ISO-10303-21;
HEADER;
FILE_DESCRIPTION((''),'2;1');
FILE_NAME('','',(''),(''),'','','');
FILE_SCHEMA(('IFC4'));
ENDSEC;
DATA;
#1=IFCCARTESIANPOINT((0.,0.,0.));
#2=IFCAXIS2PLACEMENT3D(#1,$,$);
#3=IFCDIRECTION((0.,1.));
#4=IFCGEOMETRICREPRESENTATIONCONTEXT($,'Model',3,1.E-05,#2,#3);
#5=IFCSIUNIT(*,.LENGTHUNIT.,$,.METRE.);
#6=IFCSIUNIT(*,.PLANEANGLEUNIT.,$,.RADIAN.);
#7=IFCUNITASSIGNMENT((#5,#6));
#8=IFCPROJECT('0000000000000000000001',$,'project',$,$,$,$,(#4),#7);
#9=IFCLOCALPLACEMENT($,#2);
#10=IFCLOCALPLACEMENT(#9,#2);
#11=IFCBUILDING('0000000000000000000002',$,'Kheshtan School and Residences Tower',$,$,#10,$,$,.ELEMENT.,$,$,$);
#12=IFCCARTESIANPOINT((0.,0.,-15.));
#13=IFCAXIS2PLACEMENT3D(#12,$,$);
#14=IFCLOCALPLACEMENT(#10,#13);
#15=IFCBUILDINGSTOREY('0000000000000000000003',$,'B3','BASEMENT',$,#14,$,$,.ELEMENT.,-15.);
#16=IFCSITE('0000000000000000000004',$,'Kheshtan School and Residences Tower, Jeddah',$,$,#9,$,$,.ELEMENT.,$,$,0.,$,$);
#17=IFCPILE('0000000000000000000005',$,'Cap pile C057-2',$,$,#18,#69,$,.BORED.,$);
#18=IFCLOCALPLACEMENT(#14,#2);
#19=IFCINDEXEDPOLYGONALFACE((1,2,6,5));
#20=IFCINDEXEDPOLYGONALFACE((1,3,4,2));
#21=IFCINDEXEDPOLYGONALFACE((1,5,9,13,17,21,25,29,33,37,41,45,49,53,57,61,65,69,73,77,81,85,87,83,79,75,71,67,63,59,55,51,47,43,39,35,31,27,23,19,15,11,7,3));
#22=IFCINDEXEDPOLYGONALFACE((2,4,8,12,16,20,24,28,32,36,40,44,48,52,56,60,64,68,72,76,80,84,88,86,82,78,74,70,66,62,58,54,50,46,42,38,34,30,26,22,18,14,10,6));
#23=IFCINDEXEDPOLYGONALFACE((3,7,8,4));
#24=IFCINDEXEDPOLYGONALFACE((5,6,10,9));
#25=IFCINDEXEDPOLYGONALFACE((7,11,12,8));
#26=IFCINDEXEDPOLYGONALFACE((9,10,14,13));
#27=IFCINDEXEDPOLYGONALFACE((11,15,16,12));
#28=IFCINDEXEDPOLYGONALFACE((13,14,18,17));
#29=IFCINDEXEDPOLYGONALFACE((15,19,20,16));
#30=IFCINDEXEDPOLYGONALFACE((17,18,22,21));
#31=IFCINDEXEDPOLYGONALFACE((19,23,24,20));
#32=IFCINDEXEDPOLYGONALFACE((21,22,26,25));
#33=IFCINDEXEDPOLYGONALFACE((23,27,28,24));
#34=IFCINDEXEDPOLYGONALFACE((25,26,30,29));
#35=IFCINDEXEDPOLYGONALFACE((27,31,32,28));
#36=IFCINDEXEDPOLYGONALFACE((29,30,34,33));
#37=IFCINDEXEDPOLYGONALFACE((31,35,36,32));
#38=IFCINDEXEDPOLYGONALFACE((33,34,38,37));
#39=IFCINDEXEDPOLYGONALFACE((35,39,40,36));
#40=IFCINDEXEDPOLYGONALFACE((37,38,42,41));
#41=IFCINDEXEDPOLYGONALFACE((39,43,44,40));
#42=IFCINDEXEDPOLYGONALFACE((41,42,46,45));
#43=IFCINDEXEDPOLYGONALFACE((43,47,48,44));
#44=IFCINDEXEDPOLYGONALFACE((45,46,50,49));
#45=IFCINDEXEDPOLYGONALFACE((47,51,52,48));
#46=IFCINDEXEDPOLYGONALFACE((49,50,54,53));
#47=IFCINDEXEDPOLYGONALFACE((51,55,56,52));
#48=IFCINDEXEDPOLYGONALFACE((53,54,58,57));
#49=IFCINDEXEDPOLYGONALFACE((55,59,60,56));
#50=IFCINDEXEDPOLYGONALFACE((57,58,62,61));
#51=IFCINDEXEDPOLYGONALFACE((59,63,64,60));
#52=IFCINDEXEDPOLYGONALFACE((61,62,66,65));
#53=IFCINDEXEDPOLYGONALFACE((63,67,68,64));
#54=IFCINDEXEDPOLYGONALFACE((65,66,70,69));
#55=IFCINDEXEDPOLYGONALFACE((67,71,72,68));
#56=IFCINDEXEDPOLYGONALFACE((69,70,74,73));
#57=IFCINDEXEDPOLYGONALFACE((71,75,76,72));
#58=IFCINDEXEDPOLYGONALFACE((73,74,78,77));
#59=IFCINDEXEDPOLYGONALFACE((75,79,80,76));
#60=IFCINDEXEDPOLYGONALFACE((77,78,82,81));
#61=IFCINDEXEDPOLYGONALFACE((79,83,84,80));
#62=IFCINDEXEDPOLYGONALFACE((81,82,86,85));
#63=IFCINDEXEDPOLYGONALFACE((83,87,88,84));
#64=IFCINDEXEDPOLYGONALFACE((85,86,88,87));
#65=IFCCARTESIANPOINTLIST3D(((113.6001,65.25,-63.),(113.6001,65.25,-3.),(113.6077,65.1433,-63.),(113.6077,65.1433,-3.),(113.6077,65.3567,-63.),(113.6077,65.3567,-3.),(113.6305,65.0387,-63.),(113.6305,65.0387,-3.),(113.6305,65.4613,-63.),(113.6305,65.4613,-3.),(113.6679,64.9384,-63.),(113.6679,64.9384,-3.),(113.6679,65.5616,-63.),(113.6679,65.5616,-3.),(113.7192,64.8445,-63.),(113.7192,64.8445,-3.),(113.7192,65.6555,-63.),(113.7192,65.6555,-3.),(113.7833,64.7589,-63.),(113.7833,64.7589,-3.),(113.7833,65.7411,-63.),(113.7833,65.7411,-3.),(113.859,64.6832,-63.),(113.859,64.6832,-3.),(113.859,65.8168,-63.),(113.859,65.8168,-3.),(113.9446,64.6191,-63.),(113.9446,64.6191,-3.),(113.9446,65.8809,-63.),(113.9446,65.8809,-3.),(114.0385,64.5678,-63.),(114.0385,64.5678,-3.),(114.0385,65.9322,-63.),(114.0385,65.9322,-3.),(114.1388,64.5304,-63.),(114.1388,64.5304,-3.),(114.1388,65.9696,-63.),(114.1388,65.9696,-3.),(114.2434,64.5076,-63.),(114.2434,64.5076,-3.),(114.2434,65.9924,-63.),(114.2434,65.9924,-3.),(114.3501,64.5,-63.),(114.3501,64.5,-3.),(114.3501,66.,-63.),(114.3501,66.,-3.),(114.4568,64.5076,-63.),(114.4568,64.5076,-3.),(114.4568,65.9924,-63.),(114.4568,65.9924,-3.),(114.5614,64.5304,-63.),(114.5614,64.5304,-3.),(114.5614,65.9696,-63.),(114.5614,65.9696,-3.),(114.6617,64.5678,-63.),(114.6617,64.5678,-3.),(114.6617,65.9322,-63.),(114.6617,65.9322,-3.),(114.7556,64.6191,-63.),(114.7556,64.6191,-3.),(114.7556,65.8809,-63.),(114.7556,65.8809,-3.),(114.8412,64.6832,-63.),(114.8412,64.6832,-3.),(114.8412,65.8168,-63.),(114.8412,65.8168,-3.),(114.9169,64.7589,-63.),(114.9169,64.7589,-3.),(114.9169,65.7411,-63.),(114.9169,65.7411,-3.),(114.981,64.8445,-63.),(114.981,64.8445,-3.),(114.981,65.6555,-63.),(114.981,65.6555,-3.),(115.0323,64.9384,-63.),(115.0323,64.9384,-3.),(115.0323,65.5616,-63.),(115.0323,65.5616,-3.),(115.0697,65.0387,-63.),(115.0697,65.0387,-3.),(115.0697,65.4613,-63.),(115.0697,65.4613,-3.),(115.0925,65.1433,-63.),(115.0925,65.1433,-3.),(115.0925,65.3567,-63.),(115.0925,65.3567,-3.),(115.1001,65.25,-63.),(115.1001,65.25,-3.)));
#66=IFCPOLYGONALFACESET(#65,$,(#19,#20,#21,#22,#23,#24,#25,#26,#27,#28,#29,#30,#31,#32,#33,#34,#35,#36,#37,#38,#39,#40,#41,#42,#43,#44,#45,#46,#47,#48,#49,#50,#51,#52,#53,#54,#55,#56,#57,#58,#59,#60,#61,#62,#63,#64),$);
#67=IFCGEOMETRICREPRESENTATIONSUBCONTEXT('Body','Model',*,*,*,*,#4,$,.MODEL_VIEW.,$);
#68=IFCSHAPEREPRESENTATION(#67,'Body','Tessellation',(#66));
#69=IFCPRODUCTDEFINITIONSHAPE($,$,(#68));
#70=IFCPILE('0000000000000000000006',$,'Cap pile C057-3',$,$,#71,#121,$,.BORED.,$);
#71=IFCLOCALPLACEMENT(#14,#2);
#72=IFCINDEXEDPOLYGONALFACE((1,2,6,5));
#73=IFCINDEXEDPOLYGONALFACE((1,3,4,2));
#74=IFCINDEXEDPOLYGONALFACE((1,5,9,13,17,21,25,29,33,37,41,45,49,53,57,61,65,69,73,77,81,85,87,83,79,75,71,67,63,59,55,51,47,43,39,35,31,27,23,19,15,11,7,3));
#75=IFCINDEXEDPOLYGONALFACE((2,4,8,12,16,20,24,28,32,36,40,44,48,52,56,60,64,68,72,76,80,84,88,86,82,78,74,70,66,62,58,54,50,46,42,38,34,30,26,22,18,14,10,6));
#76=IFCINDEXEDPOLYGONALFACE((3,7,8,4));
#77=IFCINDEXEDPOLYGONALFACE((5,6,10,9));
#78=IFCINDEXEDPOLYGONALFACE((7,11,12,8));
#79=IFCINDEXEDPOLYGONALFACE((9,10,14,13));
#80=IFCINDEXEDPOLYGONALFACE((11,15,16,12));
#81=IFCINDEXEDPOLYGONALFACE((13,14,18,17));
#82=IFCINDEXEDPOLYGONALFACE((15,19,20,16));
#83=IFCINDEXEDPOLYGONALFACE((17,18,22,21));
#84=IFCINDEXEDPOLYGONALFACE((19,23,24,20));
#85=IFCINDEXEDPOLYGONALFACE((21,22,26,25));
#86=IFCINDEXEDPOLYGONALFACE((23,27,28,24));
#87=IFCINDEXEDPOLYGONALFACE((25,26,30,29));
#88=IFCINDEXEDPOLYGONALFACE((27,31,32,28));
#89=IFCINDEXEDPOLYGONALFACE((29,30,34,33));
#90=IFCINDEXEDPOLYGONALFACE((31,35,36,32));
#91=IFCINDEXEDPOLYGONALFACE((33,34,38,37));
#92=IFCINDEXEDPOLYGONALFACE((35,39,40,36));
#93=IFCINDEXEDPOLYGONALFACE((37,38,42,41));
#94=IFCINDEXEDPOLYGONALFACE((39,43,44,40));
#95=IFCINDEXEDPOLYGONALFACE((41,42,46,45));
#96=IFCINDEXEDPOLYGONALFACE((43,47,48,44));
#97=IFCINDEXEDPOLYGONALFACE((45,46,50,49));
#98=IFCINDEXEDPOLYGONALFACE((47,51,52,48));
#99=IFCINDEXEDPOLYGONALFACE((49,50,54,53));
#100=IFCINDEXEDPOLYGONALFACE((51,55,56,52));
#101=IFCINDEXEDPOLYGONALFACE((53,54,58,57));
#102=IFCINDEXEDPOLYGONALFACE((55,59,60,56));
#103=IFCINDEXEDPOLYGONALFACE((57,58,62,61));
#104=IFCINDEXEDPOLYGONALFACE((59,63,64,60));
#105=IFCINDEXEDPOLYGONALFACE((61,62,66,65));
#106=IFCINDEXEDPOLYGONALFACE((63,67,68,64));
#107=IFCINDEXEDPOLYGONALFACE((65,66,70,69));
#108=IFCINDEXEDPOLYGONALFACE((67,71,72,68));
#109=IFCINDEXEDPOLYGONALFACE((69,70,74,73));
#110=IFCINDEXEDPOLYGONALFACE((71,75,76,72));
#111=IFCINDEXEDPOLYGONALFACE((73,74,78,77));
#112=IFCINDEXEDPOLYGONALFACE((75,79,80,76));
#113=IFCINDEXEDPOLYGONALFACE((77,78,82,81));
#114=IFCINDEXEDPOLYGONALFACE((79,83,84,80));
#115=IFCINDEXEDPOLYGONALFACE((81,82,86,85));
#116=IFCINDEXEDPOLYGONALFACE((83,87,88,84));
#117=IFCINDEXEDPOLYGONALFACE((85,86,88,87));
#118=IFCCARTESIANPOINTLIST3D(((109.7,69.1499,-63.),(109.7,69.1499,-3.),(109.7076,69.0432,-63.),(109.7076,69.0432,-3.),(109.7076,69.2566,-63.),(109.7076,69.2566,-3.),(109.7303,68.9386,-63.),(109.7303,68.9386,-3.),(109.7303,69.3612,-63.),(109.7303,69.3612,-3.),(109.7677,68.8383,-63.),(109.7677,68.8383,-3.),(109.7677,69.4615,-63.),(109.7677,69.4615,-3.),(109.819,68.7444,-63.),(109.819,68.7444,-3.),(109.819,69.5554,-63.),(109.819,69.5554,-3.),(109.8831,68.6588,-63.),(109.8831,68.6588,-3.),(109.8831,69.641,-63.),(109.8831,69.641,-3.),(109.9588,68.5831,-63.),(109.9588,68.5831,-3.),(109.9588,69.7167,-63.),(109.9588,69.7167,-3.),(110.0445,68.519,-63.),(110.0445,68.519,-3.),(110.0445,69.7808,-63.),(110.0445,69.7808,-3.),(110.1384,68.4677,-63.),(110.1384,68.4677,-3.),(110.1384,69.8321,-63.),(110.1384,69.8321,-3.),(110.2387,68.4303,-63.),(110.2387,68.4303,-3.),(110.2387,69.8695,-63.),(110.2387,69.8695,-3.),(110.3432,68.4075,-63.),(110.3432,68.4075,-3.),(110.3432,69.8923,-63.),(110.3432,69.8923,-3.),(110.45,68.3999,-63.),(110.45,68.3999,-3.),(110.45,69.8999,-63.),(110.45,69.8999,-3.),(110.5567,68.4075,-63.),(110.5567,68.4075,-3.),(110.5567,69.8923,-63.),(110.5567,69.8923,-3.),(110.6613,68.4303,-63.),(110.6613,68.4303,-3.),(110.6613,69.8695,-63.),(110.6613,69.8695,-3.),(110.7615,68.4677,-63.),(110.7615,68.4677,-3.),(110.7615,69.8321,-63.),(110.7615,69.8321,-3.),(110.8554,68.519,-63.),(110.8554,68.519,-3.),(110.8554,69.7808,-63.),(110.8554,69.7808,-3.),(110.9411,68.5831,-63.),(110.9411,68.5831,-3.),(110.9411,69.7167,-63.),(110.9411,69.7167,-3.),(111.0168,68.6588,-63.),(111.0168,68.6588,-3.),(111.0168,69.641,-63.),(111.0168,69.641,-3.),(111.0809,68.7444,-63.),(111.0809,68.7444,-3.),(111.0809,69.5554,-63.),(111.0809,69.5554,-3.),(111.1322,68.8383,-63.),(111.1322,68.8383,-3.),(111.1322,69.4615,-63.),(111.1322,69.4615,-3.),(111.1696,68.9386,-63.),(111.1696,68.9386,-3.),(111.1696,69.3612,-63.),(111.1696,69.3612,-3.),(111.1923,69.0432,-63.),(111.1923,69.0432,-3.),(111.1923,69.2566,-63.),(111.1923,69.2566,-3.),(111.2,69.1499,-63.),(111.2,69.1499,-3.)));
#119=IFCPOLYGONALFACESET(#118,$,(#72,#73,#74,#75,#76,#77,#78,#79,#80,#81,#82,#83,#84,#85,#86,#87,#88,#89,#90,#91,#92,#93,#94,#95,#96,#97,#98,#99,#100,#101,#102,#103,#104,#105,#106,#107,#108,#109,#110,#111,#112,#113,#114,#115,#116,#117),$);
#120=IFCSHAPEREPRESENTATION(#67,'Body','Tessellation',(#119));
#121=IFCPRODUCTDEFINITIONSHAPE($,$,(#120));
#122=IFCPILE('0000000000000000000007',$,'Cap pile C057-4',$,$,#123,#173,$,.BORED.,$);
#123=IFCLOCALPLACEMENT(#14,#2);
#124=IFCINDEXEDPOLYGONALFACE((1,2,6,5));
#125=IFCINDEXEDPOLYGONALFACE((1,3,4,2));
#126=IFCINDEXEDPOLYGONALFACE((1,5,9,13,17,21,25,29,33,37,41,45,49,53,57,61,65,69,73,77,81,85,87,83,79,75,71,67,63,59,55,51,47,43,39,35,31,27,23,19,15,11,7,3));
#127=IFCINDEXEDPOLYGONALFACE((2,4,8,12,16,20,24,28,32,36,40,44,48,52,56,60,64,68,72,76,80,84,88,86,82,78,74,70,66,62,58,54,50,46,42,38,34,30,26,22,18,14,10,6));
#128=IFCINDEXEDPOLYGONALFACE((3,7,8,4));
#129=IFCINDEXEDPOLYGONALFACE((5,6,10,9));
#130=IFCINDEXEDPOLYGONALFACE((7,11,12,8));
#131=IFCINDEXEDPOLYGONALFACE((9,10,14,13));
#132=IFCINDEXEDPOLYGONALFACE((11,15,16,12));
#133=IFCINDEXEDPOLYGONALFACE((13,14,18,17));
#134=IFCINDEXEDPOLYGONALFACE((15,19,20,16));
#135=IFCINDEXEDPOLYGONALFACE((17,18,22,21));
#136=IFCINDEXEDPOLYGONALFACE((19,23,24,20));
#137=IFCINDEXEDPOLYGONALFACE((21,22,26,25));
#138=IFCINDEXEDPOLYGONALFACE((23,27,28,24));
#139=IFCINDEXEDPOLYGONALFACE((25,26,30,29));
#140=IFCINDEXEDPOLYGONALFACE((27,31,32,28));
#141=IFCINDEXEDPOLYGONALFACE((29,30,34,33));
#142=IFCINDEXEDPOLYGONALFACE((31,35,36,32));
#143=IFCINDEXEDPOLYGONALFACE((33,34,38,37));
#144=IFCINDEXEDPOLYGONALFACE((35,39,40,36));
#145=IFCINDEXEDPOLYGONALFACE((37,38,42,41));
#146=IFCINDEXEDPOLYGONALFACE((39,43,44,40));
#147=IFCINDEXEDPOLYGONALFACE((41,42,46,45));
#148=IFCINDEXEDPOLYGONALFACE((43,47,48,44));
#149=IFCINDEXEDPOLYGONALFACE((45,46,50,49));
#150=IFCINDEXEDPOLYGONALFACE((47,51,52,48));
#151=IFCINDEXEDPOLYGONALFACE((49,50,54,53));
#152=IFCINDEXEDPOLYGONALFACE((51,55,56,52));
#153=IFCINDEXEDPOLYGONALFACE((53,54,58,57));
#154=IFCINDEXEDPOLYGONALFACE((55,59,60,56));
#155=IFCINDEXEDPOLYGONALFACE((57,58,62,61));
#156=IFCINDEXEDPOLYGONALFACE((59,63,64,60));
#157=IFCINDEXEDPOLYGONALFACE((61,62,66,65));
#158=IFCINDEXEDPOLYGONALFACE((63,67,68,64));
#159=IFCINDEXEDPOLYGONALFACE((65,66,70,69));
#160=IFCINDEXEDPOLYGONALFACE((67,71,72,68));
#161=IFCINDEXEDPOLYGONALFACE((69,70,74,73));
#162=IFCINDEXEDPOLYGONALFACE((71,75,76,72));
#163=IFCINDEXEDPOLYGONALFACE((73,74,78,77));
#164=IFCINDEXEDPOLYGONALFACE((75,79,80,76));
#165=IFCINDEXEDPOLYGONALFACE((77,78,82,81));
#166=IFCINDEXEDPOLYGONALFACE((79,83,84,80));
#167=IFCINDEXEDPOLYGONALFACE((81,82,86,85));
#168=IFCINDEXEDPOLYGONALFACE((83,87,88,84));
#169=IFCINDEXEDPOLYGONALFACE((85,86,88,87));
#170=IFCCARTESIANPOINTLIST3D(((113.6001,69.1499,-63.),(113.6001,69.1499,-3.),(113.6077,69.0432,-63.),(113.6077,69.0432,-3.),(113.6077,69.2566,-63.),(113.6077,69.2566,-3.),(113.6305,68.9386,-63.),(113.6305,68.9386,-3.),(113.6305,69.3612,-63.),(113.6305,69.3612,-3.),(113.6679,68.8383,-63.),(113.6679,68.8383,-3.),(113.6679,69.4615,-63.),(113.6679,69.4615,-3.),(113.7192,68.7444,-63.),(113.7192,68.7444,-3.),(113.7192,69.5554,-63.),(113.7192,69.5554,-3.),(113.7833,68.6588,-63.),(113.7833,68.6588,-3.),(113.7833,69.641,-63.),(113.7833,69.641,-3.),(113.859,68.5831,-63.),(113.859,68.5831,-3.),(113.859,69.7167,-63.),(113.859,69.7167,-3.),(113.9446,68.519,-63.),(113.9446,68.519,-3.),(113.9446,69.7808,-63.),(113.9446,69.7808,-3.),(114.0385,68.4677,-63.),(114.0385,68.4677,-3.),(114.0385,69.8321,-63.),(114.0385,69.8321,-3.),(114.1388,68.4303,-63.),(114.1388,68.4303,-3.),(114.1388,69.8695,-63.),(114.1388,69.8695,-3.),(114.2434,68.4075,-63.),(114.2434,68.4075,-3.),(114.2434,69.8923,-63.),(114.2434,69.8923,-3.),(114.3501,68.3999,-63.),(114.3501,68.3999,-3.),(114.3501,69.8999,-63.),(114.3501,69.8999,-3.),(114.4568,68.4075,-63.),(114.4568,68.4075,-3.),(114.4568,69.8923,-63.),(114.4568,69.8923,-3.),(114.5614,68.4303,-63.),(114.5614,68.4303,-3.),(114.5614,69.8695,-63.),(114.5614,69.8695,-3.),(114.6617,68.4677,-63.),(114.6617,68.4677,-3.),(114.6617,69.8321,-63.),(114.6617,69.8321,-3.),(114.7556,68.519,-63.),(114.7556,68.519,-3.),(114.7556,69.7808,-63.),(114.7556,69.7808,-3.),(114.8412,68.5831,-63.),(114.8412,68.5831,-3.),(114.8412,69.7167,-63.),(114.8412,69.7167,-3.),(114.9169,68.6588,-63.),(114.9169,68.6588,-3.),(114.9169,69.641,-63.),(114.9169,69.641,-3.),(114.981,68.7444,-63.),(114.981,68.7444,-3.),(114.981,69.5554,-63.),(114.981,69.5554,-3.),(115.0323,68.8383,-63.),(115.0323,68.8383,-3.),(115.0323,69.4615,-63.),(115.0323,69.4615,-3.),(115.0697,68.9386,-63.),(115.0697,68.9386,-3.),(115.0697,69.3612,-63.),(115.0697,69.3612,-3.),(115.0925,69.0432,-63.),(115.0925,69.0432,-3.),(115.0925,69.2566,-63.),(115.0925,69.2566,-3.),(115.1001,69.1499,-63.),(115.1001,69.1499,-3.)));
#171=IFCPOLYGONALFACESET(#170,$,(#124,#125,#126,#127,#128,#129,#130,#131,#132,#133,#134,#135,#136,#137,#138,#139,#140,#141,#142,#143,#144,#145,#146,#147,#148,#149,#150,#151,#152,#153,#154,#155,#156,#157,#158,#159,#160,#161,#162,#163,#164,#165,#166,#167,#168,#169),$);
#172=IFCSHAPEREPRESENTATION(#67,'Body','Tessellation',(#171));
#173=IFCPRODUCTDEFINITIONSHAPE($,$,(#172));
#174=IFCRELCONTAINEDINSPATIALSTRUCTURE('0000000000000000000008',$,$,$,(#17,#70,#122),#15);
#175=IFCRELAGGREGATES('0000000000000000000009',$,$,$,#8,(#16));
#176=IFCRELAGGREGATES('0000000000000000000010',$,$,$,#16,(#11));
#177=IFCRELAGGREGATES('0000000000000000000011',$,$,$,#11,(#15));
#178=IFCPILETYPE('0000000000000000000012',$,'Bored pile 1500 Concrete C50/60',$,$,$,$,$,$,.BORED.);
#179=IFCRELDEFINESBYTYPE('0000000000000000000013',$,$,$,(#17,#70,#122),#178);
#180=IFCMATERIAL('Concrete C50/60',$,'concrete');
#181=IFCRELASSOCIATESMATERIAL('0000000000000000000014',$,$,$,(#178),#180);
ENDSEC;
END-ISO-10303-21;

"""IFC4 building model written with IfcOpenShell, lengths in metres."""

from ifc_helpers import new_model, si_unit, direction, frame, origin, origin_2d, place, context, subcontext, project, spatial, circle, extrude, material, material_profile, profile_set, type_object, element, save


model = new_model("IFC4")

# Units and contexts
model_context = context("Model", 3, precision=1e-05, world=origin(), true_north=direction((0.0, 1.0)))
body_context = subcontext(model_context, "Body", "Model", "MODEL_VIEW")
ifc_project = project(units=[si_unit("LENGTHUNIT", "METRE"), si_unit("PLANEANGLEUNIT", "RADIAN")], contexts=[model_context])

# Site, building, storey
site_placement = place(None, origin())
site = spatial("IfcSite", under=ifc_project, at=site_placement, Name="Kheshtan School and Residences Tower, Jeddah", CompositionType="ELEMENT", RefElevation=0.0)
building_placement = place(site_placement, origin())
building = spatial("IfcBuilding", under=site, at=building_placement, Name="Kheshtan School and Residences Tower", CompositionType="ELEMENT")
storey_placement = place(building_placement, frame((0.0, 0.0, -15.0)))
storey = spatial("IfcBuildingStorey", under=building, at=storey_placement, Name="B3", Description="BASEMENT", CompositionType="ELEMENT", Elevation=-15.0)

# Piles
ifc_material_1 = material(Name="Concrete C50/60", Category="concrete")
ifc_material_profile_1 = material_profile(ifc_material_1, circle(Radius=0.75, at=origin_2d()), Name="BP 1500")
ifc_profile_set_1 = profile_set([ifc_material_profile_1], Name="Concrete C50/60")
pile_type = type_object("IfcPileType", Name="Bored pile 1500 Concrete C50/60", PredefinedType="BORED", material=ifc_profile_set_1)
for number, where, z_axis, x_axis, name in (
    (1, (114.3501, 65.25, -3.0), (0.0, 0.0, -1.0), (1.0, 0.0, 0.0), "Cap pile C057-2"),
    (2, (110.45, 69.1499, -3.0), (0.0, 0.0, -1.0), (1.0, 0.0, 0.0), "Cap pile C057-3"),
    (3, (114.3501, 69.1499, -3.0), (0.0, 0.0, -1.0), (1.0, 0.0, 0.0), "Cap pile C057-4"),
):
    element("IfcPile", number, at=place(storey_placement, frame(where, z_axis=z_axis, x_axis=x_axis)), inside=storey, type_object=pile_type, Name=name, PredefinedType="BORED", context=body_context, shape_type="SweptSolid", body=[
        extrude(circle(Radius=0.75, at=origin_2d()), origin(), (0.0, 0.0, 1.0), 60.0),
    ])

save(model, "model.ifc")
